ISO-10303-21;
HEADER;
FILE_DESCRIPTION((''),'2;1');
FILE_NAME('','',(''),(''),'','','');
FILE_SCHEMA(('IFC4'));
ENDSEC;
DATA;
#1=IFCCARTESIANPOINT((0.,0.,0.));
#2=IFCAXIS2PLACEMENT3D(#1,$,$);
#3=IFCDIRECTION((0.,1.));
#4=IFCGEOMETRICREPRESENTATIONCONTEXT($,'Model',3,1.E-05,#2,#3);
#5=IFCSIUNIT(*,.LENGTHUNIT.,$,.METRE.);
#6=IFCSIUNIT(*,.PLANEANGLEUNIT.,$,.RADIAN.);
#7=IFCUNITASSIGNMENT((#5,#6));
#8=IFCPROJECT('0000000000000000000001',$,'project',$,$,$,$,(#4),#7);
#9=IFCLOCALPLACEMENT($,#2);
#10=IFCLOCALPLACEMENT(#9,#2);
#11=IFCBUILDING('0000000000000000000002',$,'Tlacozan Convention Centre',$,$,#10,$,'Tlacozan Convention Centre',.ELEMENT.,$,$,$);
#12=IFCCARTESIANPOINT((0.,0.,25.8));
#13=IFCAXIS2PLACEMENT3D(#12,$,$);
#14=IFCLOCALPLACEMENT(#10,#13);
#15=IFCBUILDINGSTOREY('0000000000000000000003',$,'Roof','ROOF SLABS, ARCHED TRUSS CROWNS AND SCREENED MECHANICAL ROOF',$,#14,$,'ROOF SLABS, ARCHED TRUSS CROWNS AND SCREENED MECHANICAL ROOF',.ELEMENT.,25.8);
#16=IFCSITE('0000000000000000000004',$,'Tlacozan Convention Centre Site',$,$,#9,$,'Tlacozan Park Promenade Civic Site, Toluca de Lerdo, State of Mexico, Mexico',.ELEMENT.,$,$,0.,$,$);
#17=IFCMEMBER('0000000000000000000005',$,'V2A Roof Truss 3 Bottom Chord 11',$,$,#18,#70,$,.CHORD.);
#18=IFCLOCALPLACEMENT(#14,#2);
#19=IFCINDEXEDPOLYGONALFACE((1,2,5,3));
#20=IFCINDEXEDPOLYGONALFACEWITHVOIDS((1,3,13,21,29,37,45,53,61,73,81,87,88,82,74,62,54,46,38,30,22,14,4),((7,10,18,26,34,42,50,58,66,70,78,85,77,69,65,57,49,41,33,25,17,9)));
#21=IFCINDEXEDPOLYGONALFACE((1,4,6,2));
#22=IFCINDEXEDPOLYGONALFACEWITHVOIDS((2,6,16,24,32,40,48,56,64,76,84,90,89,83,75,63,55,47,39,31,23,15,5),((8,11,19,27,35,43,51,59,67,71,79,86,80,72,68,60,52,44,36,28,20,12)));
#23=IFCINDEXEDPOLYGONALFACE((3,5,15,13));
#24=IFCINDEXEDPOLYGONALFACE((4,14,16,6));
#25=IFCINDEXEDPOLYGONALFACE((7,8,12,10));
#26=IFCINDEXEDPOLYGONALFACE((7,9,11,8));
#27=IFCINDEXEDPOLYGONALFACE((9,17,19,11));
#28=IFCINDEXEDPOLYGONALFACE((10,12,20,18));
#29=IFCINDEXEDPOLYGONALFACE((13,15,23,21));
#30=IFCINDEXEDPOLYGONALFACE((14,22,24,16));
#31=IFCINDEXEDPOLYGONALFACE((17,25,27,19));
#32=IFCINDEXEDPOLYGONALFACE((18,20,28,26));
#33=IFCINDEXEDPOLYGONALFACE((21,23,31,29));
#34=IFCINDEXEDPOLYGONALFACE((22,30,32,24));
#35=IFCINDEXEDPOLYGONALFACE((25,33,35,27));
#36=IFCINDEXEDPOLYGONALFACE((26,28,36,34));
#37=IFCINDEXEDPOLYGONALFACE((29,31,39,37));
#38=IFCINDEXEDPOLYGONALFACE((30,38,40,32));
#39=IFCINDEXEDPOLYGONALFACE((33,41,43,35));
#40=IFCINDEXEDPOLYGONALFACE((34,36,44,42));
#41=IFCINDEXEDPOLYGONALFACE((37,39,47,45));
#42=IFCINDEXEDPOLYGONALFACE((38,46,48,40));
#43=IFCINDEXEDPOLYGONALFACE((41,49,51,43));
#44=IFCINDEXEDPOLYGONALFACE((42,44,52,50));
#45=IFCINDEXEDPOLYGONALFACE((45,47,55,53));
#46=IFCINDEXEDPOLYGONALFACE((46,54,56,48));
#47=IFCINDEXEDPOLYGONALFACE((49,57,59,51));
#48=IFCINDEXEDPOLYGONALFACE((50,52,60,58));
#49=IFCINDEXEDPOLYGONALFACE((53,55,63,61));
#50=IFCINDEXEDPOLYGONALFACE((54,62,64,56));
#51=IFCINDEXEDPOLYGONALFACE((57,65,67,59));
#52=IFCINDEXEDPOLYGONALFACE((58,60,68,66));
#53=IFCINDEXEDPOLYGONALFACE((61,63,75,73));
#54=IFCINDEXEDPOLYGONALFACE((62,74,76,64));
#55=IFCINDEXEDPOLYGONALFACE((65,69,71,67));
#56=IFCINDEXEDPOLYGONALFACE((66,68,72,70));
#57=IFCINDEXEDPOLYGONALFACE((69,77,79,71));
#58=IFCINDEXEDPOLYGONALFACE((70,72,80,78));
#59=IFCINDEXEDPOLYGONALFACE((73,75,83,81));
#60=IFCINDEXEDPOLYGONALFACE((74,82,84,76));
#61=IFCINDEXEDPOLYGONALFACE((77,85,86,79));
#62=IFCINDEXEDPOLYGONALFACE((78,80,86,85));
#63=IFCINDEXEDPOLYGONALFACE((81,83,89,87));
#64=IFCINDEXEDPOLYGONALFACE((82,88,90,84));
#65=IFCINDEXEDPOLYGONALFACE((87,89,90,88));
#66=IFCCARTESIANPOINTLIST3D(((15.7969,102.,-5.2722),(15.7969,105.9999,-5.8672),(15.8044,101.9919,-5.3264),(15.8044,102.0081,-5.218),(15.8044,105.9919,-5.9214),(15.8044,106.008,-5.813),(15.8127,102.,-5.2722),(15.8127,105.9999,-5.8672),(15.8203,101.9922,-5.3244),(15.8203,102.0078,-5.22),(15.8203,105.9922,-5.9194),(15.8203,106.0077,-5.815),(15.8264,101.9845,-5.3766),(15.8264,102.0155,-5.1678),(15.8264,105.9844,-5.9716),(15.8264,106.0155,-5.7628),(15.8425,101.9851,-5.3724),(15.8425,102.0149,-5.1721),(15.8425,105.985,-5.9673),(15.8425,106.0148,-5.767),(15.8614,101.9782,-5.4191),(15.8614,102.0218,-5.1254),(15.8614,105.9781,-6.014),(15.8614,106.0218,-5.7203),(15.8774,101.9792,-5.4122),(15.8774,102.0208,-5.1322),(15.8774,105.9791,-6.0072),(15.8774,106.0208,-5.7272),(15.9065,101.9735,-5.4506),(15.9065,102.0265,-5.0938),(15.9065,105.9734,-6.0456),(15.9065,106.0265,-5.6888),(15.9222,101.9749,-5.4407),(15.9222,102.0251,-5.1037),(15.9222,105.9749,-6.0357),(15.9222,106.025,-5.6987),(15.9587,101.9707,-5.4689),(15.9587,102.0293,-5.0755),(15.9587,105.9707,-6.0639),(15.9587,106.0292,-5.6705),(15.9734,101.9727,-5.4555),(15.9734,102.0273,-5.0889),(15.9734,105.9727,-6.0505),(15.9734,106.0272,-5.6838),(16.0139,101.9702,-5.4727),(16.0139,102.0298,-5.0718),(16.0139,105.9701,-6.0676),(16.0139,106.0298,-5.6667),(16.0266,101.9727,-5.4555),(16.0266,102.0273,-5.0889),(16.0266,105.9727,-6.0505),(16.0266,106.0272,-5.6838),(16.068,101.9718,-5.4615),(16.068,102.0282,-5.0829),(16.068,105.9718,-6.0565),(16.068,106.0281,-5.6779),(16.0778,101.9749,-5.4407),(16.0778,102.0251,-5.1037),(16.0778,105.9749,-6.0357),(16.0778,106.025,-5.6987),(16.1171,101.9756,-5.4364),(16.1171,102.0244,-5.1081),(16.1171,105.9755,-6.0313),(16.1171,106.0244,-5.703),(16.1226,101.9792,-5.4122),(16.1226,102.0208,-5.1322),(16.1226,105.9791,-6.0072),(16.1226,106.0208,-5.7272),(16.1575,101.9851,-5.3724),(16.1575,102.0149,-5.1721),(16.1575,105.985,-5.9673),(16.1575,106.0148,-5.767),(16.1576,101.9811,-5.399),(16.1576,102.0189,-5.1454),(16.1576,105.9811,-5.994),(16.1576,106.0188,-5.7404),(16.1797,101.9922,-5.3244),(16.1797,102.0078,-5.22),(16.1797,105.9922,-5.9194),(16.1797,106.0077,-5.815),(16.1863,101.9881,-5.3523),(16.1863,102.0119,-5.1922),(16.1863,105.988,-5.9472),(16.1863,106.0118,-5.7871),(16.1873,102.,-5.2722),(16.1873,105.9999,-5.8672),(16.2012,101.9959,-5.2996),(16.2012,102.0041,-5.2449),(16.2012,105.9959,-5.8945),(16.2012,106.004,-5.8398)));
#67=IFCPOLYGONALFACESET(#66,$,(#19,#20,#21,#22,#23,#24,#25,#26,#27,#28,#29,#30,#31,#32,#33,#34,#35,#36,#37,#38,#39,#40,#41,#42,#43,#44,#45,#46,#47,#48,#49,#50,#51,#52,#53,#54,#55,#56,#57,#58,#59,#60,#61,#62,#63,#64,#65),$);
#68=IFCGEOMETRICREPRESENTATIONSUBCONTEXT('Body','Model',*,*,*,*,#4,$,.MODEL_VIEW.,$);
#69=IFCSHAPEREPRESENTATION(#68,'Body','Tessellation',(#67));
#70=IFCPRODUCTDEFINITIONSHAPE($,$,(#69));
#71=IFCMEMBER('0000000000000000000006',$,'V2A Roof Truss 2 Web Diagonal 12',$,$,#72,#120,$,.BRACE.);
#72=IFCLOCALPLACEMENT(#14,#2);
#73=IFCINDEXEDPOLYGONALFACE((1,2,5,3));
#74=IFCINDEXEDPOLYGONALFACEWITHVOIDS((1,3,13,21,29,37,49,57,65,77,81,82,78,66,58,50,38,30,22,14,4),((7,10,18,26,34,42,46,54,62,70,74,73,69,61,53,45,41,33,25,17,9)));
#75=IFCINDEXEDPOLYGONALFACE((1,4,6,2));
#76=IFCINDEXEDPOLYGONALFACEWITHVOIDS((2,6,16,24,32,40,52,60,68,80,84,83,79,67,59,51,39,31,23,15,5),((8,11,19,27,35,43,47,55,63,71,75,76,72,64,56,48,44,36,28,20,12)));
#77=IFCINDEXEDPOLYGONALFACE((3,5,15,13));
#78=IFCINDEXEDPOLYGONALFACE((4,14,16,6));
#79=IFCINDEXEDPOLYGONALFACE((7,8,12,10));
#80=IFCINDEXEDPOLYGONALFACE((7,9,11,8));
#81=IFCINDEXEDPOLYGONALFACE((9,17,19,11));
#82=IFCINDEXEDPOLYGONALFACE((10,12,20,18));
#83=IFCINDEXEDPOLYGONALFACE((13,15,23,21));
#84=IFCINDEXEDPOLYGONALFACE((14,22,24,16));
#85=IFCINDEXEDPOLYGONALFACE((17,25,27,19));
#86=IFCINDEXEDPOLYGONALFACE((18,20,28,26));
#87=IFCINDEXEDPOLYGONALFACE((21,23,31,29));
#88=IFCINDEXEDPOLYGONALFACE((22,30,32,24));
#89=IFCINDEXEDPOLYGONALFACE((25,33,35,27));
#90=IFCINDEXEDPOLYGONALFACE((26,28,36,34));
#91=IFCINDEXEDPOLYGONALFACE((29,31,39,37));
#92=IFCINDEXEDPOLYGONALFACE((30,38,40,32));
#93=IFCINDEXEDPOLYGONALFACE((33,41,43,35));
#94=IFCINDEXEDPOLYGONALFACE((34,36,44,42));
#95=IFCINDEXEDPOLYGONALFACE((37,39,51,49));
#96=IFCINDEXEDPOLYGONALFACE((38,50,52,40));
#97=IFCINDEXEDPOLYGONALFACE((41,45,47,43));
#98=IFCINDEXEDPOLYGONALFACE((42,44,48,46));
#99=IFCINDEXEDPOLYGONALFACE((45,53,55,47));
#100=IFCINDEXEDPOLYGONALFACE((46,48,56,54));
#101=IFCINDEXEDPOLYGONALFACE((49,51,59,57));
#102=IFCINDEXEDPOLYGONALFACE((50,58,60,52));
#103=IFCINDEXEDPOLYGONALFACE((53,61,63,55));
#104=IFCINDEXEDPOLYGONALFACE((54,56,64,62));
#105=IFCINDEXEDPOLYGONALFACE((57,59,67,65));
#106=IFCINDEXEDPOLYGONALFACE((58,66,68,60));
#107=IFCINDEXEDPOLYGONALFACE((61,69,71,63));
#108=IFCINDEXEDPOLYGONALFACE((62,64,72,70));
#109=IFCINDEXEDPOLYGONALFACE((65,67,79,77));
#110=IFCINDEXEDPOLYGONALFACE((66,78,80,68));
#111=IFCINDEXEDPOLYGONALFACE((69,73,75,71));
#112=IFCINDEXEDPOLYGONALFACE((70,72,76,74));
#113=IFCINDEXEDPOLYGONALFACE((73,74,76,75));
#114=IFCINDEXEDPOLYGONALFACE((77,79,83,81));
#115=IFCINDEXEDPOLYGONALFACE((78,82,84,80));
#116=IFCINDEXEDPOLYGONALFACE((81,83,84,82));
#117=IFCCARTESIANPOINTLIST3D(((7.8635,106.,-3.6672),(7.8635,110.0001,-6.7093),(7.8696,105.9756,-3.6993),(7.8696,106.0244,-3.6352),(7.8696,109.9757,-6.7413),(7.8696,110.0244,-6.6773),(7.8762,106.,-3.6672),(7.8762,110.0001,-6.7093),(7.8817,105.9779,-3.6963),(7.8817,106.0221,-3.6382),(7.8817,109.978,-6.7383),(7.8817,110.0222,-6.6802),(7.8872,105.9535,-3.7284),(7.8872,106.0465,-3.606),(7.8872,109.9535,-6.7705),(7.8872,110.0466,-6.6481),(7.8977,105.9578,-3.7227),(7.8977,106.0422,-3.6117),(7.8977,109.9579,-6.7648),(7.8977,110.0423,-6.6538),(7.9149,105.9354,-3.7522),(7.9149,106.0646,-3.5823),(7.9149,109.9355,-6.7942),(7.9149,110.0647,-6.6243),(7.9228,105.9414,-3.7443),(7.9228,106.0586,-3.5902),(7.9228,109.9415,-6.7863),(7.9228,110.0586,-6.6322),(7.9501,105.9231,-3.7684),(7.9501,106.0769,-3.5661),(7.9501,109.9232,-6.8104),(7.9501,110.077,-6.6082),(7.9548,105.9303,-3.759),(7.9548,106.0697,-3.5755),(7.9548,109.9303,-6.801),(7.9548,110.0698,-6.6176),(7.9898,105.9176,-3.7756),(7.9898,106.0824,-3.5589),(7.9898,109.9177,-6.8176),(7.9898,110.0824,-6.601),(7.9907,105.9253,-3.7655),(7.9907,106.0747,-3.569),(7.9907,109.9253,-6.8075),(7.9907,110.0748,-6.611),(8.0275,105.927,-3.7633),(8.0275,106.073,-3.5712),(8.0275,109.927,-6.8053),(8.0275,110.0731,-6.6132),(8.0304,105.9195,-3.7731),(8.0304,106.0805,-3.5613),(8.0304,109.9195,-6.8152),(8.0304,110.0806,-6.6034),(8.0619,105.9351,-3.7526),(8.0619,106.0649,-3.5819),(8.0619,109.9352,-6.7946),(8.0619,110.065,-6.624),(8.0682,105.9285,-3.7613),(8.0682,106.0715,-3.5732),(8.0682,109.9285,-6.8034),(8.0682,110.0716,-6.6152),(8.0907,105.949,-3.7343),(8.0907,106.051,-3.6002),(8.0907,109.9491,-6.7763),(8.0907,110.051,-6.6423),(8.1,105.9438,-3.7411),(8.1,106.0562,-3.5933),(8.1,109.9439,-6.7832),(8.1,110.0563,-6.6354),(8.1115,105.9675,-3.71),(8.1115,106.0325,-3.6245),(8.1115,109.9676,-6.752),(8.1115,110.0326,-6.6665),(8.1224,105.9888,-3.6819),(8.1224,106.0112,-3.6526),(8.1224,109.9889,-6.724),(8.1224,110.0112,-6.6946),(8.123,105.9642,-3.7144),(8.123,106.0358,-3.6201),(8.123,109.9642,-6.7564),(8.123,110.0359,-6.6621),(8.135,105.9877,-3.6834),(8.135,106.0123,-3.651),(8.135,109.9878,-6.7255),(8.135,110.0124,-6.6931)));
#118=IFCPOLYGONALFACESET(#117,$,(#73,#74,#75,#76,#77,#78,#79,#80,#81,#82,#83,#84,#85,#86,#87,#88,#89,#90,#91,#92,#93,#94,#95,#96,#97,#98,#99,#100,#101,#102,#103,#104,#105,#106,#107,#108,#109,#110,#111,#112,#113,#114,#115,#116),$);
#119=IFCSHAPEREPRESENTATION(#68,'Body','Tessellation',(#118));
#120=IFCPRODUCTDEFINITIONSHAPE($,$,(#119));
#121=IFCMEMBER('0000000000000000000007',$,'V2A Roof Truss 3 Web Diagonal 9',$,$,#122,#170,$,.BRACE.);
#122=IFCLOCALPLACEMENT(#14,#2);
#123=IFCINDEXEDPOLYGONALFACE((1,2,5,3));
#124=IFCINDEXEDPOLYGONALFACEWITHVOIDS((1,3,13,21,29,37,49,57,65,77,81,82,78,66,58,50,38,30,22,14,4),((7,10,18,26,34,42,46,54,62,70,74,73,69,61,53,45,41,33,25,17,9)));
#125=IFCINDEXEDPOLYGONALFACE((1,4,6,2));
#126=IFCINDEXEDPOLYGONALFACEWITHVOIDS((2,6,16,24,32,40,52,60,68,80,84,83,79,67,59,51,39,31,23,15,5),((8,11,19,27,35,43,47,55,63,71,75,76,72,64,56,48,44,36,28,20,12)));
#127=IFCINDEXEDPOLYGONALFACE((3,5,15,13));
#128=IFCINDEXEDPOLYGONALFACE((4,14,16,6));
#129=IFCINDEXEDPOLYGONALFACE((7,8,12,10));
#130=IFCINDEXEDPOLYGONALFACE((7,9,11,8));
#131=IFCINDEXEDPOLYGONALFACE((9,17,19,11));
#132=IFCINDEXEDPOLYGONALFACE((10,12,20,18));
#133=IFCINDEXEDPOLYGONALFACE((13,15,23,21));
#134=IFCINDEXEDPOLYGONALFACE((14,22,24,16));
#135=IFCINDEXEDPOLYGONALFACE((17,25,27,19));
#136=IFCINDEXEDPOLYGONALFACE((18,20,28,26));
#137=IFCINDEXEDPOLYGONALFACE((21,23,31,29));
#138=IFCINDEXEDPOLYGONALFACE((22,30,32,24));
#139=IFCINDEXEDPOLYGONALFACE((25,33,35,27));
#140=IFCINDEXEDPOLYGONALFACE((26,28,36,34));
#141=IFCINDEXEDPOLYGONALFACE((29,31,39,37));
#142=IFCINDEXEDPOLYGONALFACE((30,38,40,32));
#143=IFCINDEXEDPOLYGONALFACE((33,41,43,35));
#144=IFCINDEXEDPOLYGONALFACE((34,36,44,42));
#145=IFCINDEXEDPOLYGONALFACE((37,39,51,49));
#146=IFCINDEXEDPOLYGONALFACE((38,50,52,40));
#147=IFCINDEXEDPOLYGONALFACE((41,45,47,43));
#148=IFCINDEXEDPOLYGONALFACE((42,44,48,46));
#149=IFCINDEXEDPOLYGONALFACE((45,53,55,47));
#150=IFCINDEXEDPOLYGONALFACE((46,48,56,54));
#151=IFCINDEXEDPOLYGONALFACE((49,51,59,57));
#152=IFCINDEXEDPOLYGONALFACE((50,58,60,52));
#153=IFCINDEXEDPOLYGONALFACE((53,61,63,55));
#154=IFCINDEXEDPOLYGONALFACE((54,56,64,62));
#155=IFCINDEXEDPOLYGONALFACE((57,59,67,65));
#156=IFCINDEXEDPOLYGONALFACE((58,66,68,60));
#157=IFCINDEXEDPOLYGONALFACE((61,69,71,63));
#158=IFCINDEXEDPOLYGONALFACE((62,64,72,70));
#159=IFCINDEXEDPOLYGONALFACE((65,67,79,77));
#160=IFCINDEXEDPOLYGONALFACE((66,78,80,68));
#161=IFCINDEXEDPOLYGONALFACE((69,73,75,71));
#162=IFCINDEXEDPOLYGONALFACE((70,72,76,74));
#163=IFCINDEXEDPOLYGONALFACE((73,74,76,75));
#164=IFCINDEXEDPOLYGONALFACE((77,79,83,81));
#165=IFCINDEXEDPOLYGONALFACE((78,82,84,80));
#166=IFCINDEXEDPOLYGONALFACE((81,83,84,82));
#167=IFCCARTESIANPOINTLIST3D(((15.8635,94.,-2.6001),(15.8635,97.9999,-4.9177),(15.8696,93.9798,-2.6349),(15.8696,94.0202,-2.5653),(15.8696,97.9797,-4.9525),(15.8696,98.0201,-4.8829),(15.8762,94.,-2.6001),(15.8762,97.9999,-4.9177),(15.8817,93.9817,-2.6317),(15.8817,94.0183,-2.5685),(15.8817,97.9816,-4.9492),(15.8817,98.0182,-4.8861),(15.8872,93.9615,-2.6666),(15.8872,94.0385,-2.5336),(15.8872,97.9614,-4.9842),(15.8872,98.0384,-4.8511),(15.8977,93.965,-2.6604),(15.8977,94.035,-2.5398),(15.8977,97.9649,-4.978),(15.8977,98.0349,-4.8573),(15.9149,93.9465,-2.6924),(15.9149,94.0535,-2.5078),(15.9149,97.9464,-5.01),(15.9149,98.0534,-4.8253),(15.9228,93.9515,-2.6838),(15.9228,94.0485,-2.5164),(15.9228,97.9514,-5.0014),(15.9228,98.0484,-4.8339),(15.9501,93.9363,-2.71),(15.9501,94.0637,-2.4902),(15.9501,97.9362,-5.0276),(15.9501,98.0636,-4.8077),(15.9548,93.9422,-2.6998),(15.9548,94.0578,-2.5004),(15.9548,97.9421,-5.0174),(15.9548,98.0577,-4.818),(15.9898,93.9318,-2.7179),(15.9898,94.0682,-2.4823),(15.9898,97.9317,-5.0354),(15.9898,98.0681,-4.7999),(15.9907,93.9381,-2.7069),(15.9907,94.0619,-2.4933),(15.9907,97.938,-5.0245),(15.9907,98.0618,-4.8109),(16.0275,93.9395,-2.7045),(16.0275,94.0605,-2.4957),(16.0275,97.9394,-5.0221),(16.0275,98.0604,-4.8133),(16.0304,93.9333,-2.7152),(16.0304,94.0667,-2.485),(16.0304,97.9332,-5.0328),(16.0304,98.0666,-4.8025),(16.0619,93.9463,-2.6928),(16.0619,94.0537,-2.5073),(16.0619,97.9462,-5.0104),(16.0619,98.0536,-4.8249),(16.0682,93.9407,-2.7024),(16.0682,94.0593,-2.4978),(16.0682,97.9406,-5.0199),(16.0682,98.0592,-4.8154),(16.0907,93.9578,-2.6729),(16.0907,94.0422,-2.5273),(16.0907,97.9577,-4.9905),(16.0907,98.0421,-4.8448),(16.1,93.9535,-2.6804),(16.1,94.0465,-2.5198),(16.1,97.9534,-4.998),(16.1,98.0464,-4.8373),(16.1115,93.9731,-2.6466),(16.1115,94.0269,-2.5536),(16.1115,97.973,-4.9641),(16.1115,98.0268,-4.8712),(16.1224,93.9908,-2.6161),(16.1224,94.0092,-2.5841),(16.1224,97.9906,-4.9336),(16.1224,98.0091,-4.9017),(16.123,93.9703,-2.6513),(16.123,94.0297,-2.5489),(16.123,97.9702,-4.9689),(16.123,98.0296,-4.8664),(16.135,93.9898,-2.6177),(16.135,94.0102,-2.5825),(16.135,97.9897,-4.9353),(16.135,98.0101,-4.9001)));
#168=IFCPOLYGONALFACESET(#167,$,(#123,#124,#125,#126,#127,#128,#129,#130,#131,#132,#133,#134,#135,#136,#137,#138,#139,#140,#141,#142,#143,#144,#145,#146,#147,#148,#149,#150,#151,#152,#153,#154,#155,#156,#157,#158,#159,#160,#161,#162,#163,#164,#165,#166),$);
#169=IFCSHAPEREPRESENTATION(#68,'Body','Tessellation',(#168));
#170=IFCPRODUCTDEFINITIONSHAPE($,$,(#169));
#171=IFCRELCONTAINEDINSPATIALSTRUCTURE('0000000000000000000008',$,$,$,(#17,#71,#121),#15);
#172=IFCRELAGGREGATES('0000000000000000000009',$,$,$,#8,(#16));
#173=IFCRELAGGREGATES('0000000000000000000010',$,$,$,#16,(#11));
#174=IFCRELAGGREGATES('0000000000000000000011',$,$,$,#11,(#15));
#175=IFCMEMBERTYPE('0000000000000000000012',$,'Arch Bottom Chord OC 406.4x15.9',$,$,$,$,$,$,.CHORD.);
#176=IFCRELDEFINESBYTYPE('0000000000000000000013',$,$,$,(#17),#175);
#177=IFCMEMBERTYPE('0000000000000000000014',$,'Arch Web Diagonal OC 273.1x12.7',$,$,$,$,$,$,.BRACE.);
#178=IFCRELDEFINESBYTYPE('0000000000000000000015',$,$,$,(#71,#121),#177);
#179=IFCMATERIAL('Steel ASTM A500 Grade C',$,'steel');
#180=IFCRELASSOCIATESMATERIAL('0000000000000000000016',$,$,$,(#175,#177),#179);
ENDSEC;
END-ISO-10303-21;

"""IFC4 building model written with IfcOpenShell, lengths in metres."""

from ifc_helpers import new_model, si_unit, direction, frame, origin, origin_2d, place, context, subcontext, project, spatial, hollow_circle, extrude, material, material_profile, profile_set, type_object, element, save


model = new_model("IFC4")

# Units and contexts
model_context = context("Model", 3, precision=1e-05, world=origin(), true_north=direction((0.0, 1.0)))
body_context = subcontext(model_context, "Body", "Model", "MODEL_VIEW")
ifc_project = project(units=[si_unit("LENGTHUNIT", "METRE"), si_unit("PLANEANGLEUNIT", "RADIAN")], contexts=[model_context])

# Site, building, storey
site_placement = place(None, origin())
site = spatial("IfcSite", under=ifc_project, at=site_placement, Name="Tlacozan Convention Centre Site", LongName="Tlacozan Park Promenade Civic Site, Toluca de Lerdo, State of Mexico, Mexico", CompositionType="ELEMENT", RefElevation=0.0)
building_placement = place(site_placement, origin())
building = spatial("IfcBuilding", under=site, at=building_placement, Name="Tlacozan Convention Centre", LongName="Tlacozan Convention Centre", CompositionType="ELEMENT")
storey_placement = place(building_placement, frame((0.0, 0.0, 25.8)))
storey = spatial("IfcBuildingStorey", under=building, at=storey_placement, Name="Roof", Description="ROOF SLABS, ARCHED TRUSS CROWNS AND SCREENED MECHANICAL ROOF", LongName="ROOF SLABS, ARCHED TRUSS CROWNS AND SCREENED MECHANICAL ROOF", CompositionType="ELEMENT", Elevation=25.8)

# Members
ifc_material_1 = material(Name="Steel ASTM A500 Grade C", Category="steel")
ifc_material_profile_1 = material_profile(ifc_material_1, hollow_circle(Radius=0.2031, WallThickness=0.0159, at=origin_2d()), Name="OC 406.4x15.9")
ifc_profile_set_1 = profile_set([ifc_material_profile_1], Name="Steel ASTM A500 Grade C")
member_type_1 = type_object("IfcMemberType", Name="Arch Bottom Chord OC 406.4x15.9", PredefinedType="CHORD", material=ifc_profile_set_1)
member_1_placement = place(storey_placement, frame((16.0, 102.0, -5.2722), z_axis=(0.0, 0.989118, -0.147124), x_axis=(-1.0, 0.0, 0.0)))
element("IfcMember", 1, at=member_1_placement, inside=storey, type_object=member_type_1, Name="V2A Roof Truss 3 Bottom Chord 11", PredefinedType="CHORD", context=body_context, shape_type="SweptSolid", body=[
    extrude(hollow_circle(Radius=0.2031, WallThickness=0.0159, at=origin_2d()), origin(), (0.0, 0.0, 1.0), 4.0439),
])
ifc_material_profile_2 = material_profile(ifc_material_1, hollow_circle(Radius=0.1365, WallThickness=0.0127, at=origin_2d()), Name="OC 273.1x12.7")
ifc_profile_set_2 = profile_set([ifc_material_profile_2], Name="Steel ASTM A500 Grade C")
member_type_2 = type_object("IfcMemberType", Name="Arch Web Diagonal OC 273.1x12.7", PredefinedType="BRACE", material=ifc_profile_set_2)
member_2_placement = place(storey_placement, frame((8.0, 106.0, -3.6672), z_axis=(0.0, 0.795971, -0.605335), x_axis=(-1.0, 0.0, 0.0)))
element("IfcMember", 2, at=member_2_placement, inside=storey, type_object=member_type_2, Name="V2A Roof Truss 2 Web Diagonal 12", PredefinedType="BRACE", context=body_context, shape_type="SweptSolid", body=[
    extrude(hollow_circle(Radius=0.1365, WallThickness=0.0127, at=origin_2d()), origin(), (0.0, 0.0, 1.0), 5.0254),
])
member_3_placement = place(storey_placement, frame((16.0, 94.0, -2.6001), z_axis=(0.0, 0.865254, -0.501334), x_axis=(-1.0, 0.0, 0.0)))
element("IfcMember", 3, at=member_3_placement, inside=storey, type_object=member_type_2, Name="V2A Roof Truss 3 Web Diagonal 9", PredefinedType="BRACE", context=body_context, shape_type="SweptSolid", body=[
    extrude(hollow_circle(Radius=0.1365, WallThickness=0.0127, at=origin_2d()), origin(), (0.0, 0.0, 1.0), 4.6228),
])

save(model, "model.ifc")
